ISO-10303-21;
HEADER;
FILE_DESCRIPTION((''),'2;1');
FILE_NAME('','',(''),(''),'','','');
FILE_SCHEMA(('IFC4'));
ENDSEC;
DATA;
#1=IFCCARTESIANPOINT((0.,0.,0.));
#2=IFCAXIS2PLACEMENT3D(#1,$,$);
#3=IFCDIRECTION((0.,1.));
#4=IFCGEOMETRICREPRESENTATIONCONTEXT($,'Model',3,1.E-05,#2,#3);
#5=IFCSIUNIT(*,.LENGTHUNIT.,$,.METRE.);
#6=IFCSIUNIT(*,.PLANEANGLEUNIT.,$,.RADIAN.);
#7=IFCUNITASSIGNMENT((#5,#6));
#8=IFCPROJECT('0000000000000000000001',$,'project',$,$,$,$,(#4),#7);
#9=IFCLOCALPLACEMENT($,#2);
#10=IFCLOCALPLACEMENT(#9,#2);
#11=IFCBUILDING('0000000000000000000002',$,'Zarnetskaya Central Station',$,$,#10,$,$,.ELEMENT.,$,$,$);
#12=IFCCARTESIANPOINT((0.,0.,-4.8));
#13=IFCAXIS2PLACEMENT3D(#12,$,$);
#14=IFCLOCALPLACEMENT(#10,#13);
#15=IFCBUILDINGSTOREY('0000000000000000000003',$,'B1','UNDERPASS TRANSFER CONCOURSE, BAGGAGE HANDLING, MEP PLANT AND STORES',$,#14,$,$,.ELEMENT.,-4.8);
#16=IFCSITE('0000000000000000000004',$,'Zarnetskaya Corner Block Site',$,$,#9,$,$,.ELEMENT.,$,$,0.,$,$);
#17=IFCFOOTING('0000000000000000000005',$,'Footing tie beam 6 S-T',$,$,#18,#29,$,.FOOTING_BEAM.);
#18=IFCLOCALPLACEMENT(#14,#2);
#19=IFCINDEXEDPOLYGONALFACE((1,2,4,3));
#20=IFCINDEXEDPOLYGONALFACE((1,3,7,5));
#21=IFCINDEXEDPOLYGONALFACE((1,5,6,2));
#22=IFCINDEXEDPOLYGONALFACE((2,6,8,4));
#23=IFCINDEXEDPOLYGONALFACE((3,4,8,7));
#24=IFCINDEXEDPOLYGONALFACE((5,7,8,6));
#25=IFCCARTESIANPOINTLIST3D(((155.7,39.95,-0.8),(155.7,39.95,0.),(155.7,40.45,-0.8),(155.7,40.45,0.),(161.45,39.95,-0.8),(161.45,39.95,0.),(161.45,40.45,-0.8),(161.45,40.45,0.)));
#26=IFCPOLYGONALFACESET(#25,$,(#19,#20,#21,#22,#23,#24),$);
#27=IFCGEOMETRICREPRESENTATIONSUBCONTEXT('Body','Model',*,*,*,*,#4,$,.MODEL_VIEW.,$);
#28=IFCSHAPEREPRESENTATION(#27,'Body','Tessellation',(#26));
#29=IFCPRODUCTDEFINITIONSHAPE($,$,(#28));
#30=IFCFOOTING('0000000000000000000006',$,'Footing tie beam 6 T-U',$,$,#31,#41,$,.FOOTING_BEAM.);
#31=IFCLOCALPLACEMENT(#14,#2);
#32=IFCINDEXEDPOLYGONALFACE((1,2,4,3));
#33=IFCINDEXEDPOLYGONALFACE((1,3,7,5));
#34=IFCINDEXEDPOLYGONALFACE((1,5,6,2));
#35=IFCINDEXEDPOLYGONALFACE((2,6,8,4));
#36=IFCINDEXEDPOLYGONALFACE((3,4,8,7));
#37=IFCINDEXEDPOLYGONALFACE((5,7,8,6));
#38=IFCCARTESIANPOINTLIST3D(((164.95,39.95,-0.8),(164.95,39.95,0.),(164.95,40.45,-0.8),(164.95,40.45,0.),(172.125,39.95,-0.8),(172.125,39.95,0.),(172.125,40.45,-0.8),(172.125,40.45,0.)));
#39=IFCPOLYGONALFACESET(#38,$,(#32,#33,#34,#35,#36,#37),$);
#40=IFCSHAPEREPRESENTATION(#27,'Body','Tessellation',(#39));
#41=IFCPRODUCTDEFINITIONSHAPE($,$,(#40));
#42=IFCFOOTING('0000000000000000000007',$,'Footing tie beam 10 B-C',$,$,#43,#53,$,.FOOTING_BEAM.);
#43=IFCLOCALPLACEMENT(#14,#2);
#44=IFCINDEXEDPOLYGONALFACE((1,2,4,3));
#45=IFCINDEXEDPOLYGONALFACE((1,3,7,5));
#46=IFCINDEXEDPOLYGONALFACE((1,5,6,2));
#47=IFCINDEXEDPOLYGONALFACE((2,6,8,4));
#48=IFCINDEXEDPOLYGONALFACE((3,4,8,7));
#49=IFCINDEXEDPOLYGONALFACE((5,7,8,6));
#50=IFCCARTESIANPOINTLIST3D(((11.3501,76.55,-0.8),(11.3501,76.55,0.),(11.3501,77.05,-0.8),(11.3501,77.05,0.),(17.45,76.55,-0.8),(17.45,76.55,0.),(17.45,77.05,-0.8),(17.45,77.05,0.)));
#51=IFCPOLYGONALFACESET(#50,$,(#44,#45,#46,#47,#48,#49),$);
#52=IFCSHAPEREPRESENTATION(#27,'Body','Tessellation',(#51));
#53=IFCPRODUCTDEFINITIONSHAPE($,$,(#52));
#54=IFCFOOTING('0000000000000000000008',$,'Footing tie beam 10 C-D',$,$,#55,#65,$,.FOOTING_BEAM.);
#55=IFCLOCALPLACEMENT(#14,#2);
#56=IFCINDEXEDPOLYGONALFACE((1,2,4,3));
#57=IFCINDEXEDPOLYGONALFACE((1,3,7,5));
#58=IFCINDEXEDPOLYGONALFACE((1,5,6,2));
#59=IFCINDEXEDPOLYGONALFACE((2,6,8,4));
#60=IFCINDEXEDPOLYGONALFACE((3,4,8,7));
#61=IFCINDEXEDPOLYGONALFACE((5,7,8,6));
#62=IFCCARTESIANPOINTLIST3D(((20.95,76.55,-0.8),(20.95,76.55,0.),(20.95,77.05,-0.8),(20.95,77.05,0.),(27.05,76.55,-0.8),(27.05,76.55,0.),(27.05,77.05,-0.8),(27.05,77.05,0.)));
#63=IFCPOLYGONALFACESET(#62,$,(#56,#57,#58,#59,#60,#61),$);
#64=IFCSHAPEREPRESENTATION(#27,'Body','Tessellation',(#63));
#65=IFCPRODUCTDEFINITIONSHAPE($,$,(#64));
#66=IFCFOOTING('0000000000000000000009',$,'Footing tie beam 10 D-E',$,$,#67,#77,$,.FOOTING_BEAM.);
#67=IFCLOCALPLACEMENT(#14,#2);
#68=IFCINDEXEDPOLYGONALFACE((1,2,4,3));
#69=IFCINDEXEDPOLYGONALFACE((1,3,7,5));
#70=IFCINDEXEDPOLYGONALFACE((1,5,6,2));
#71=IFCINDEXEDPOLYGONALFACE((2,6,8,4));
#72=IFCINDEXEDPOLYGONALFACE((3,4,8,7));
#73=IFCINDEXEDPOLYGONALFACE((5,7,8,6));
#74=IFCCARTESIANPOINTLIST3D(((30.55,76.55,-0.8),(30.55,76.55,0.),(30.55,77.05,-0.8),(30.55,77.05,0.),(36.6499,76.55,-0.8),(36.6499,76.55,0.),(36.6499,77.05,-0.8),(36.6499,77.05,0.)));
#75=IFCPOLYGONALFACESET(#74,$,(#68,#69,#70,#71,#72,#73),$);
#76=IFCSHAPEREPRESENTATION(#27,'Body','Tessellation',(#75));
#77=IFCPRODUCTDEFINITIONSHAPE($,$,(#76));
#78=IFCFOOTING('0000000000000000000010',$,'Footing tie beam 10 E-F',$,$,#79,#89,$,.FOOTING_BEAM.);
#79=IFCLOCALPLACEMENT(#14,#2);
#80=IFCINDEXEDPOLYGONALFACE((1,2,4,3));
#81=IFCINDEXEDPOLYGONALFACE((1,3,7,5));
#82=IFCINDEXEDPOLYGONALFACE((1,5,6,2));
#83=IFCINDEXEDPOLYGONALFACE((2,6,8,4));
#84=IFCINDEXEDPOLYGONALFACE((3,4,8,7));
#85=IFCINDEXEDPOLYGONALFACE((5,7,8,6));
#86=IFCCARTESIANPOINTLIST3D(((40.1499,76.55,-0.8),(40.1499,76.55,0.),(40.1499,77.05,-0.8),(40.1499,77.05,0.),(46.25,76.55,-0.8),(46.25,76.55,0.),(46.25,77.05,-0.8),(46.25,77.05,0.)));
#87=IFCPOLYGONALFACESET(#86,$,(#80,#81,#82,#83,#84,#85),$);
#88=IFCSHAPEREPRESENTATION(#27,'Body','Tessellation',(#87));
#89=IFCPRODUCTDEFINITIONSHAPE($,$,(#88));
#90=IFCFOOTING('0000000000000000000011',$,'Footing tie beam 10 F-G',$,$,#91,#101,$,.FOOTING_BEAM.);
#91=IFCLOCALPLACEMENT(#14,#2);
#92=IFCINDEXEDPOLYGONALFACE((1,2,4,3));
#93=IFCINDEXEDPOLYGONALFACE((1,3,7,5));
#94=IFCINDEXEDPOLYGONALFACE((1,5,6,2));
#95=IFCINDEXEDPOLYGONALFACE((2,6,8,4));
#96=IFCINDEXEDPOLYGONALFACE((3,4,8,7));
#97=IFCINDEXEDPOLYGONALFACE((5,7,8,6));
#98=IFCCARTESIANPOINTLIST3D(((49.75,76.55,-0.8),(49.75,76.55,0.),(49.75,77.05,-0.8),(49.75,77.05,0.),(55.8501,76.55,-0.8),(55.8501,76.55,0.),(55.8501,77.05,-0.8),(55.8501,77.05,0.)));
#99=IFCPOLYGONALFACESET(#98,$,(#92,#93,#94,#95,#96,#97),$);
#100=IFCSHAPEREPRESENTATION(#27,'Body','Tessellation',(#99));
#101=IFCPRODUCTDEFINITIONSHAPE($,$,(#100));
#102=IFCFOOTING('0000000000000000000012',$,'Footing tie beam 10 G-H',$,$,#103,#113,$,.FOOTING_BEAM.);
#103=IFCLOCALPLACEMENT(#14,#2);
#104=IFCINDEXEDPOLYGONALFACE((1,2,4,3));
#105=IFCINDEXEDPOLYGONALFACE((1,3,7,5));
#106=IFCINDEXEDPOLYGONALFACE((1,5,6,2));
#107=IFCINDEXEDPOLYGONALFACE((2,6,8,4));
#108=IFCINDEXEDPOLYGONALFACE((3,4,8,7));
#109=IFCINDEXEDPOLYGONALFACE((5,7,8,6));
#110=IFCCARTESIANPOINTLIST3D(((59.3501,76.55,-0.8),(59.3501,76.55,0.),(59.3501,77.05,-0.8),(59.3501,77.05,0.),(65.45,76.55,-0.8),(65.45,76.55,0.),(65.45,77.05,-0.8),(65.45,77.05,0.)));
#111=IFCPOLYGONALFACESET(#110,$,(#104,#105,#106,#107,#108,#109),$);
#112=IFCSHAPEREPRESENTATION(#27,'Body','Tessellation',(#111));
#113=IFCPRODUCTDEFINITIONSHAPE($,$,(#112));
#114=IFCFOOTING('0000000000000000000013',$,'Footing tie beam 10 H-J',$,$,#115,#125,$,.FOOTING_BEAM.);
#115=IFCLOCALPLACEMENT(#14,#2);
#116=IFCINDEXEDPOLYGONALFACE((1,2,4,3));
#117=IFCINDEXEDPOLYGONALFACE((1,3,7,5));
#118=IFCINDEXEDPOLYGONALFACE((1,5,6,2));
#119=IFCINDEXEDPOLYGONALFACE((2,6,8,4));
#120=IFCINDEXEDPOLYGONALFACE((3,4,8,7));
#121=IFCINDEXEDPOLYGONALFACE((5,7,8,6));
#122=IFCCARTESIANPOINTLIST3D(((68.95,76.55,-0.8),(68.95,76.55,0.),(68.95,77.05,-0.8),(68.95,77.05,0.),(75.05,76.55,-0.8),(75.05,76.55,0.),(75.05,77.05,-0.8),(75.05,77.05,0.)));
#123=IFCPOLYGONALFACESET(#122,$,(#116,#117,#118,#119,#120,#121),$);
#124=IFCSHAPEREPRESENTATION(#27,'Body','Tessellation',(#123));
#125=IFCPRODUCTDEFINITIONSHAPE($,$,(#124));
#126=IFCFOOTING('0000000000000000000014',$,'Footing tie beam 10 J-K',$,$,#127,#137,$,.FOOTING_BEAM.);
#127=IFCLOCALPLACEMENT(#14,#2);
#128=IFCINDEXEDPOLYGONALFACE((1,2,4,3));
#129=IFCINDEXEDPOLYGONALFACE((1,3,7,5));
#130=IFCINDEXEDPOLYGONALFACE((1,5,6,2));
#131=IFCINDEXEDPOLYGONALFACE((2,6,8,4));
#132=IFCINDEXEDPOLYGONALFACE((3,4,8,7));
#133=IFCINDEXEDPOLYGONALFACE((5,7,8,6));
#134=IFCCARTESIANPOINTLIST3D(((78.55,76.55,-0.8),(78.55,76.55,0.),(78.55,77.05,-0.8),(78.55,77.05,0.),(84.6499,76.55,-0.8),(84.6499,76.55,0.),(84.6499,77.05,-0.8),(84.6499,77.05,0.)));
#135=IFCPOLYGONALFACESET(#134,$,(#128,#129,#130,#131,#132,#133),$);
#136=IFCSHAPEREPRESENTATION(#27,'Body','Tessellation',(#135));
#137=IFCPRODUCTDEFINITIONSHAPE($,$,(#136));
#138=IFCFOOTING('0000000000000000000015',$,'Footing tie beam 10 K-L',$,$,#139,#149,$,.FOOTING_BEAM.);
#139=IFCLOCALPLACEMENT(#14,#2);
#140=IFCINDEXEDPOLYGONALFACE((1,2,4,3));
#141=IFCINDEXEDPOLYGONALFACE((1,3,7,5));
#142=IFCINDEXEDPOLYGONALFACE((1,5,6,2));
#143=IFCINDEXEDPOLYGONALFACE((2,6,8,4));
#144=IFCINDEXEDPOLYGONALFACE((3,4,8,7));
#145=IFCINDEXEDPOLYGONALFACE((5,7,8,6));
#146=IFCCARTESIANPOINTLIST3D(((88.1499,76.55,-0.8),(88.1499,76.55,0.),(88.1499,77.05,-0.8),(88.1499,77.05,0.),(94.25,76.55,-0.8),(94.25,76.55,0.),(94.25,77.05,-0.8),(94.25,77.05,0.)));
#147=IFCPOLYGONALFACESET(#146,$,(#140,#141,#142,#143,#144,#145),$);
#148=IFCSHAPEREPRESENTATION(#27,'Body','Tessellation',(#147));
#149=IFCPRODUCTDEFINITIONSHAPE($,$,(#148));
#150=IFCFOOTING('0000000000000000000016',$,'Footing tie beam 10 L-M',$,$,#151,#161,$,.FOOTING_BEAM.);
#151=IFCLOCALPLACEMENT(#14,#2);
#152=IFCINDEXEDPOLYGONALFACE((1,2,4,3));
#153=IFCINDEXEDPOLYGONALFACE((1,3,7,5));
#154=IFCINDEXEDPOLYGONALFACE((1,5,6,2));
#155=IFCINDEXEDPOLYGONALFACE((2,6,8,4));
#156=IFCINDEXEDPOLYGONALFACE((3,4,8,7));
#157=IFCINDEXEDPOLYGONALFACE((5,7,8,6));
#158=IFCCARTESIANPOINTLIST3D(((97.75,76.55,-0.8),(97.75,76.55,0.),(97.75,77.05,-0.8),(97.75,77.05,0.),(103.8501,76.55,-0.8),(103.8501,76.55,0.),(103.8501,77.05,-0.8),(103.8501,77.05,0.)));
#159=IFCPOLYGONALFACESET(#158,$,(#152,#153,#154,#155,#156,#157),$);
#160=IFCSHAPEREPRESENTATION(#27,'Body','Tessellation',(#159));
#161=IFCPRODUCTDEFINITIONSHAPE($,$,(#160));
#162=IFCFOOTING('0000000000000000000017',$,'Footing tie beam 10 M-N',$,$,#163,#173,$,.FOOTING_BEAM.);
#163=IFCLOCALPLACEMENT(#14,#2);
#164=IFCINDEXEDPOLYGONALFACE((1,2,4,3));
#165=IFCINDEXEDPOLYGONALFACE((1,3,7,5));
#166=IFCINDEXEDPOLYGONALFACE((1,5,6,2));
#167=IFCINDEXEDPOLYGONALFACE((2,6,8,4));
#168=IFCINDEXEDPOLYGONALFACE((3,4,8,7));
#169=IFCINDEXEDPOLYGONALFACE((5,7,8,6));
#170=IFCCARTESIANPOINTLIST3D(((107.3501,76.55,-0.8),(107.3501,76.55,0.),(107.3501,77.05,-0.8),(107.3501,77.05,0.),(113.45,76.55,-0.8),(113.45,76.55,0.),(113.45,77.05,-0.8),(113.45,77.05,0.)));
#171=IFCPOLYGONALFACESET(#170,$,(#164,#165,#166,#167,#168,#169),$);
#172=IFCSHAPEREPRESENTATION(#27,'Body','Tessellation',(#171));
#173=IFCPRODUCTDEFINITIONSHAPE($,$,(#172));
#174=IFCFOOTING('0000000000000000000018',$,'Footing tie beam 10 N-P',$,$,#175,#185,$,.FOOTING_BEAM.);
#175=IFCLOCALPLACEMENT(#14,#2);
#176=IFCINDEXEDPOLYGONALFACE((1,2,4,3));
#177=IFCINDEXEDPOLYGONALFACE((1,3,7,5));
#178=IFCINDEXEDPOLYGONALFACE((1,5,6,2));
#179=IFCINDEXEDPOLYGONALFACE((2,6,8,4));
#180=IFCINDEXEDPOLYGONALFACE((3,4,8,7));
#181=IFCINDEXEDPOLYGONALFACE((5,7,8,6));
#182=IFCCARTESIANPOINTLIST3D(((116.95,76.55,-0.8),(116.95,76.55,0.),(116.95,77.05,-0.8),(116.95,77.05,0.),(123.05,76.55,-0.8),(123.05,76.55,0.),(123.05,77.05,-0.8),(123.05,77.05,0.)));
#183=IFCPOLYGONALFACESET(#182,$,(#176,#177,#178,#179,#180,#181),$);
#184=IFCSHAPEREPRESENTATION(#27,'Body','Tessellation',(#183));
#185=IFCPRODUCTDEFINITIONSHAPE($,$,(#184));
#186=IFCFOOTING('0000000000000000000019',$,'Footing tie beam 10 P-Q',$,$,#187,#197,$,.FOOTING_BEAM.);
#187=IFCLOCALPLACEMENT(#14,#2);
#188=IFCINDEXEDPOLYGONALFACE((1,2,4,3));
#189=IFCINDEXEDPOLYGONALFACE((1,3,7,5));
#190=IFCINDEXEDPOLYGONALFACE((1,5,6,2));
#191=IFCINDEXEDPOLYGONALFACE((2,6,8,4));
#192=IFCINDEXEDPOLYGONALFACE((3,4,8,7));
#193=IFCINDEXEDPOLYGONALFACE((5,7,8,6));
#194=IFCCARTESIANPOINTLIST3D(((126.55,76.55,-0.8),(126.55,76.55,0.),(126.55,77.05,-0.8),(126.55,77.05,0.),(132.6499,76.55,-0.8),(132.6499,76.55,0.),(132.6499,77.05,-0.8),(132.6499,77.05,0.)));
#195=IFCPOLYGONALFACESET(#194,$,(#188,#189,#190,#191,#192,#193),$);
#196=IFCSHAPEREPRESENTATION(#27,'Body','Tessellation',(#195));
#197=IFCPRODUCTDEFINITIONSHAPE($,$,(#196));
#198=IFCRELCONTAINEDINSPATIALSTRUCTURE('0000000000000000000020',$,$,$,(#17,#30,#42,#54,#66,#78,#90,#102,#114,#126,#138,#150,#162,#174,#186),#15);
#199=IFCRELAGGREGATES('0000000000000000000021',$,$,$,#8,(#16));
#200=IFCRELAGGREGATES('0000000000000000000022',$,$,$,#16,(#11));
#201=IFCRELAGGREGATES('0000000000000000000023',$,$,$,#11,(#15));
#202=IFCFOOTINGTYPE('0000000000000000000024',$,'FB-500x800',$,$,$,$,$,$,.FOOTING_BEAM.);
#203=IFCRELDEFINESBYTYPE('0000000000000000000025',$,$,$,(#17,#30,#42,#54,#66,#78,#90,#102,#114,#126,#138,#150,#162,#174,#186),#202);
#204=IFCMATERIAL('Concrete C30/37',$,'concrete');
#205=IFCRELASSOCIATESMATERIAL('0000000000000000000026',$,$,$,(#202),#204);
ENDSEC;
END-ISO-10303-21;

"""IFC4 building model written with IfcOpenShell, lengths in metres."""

from ifc_helpers import new_model, si_unit, direction, frame, origin, place, context, subcontext, project, spatial, polyline, outline, extrude, material, type_object, element, save


model = new_model("IFC4")

# Units and contexts
model_context = context("Model", 3, precision=1e-05, world=origin(), true_north=direction((0.0, 1.0)))
body_context = subcontext(model_context, "Body", "Model", "MODEL_VIEW")
ifc_project = project(units=[si_unit("LENGTHUNIT", "METRE"), si_unit("PLANEANGLEUNIT", "RADIAN")], contexts=[model_context])

# Site, building, storey
site_placement = place(None, origin())
site = spatial("IfcSite", under=ifc_project, at=site_placement, Name="Zarnetskaya Corner Block Site", CompositionType="ELEMENT", RefElevation=0.0)
building_placement = place(site_placement, origin())
building = spatial("IfcBuilding", under=site, at=building_placement, Name="Zarnetskaya Central Station", CompositionType="ELEMENT")
storey_placement = place(building_placement, frame((0.0, 0.0, -4.8)))
storey = spatial("IfcBuildingStorey", under=building, at=storey_placement, Name="B1", Description="UNDERPASS TRANSFER CONCOURSE, BAGGAGE HANDLING, MEP PLANT AND STORES", CompositionType="ELEMENT", Elevation=-4.8)

# Footings
ifc_material = material(Name="Concrete C30/37", Category="concrete")
footing_type = type_object("IfcFootingType", Name="FB-500x800", PredefinedType="FOOTING_BEAM", material=ifc_material)
footing_1_placement = place(storey_placement, frame((0.0, 0.0, -0.8)))
element("IfcFooting", 1, at=footing_1_placement, inside=storey, type_object=footing_type, Name="Footing tie beam 6 S-T", PredefinedType="FOOTING_BEAM", context=body_context, shape_type="SweptSolid", body=[
    extrude(outline(polyline([(155.7, 39.95), (161.45, 39.95), (161.45, 40.45), (155.7, 40.45), (155.7, 39.95)])), origin(), (0.0, 0.0, 1.0), 0.8),
])
footing_2_placement = place(storey_placement, frame((0.0, 0.0, -0.8)))
element("IfcFooting", 2, at=footing_2_placement, inside=storey, type_object=footing_type, Name="Footing tie beam 6 T-U", PredefinedType="FOOTING_BEAM", context=body_context, shape_type="SweptSolid", body=[
    extrude(outline(polyline([(164.95, 39.95), (172.125, 39.95), (172.125, 40.45), (164.95, 40.45), (164.95, 39.95)])), origin(), (0.0, 0.0, 1.0), 0.8),
])
footing_3_placement = place(storey_placement, frame((0.0, 0.0, -0.8)))
element("IfcFooting", 3, at=footing_3_placement, inside=storey, type_object=footing_type, Name="Footing tie beam 10 B-C", PredefinedType="FOOTING_BEAM", context=body_context, shape_type="SweptSolid", body=[
    extrude(outline(polyline([(11.3501, 76.55), (17.45, 76.55), (17.45, 77.05), (11.3501, 77.05), (11.3501, 76.55)])), origin(), (0.0, 0.0, 1.0), 0.8),
])
footing_4_placement = place(storey_placement, frame((0.0, 0.0, -0.8)))
element("IfcFooting", 4, at=footing_4_placement, inside=storey, type_object=footing_type, Name="Footing tie beam 10 C-D", PredefinedType="FOOTING_BEAM", context=body_context, shape_type="SweptSolid", body=[
    extrude(outline(polyline([(20.95, 76.55), (27.05, 76.55), (27.05, 77.05), (20.95, 77.05), (20.95, 76.55)])), origin(), (0.0, 0.0, 1.0), 0.8),
])
footing_5_placement = place(storey_placement, frame((0.0, 0.0, -0.8)))
element("IfcFooting", 5, at=footing_5_placement, inside=storey, type_object=footing_type, Name="Footing tie beam 10 D-E", PredefinedType="FOOTING_BEAM", context=body_context, shape_type="SweptSolid", body=[
    extrude(outline(polyline([(30.55, 76.55), (36.6499, 76.55), (36.6499, 77.05), (30.55, 77.05), (30.55, 76.55)])), origin(), (0.0, 0.0, 1.0), 0.8),
])
footing_6_placement = place(storey_placement, frame((0.0, 0.0, -0.8)))
element("IfcFooting", 6, at=footing_6_placement, inside=storey, type_object=footing_type, Name="Footing tie beam 10 E-F", PredefinedType="FOOTING_BEAM", context=body_context, shape_type="SweptSolid", body=[
    extrude(outline(polyline([(40.1499, 76.55), (46.25, 76.55), (46.25, 77.05), (40.1499, 77.05), (40.1499, 76.55)])), origin(), (0.0, 0.0, 1.0), 0.8),
])
footing_7_placement = place(storey_placement, frame((0.0, 0.0, -0.8)))
element("IfcFooting", 7, at=footing_7_placement, inside=storey, type_object=footing_type, Name="Footing tie beam 10 F-G", PredefinedType="FOOTING_BEAM", context=body_context, shape_type="SweptSolid", body=[
    extrude(outline(polyline([(49.75, 76.55), (55.8501, 76.55), (55.8501, 77.05), (49.75, 77.05), (49.75, 76.55)])), origin(), (0.0, 0.0, 1.0), 0.8),
])
footing_8_placement = place(storey_placement, frame((0.0, 0.0, -0.8)))
element("IfcFooting", 8, at=footing_8_placement, inside=storey, type_object=footing_type, Name="Footing tie beam 10 G-H", PredefinedType="FOOTING_BEAM", context=body_context, shape_type="SweptSolid", body=[
    extrude(outline(polyline([(59.3501, 76.55), (65.45, 76.55), (65.45, 77.05), (59.3501, 77.05), (59.3501, 76.55)])), origin(), (0.0, 0.0, 1.0), 0.8),
])
footing_9_placement = place(storey_placement, frame((0.0, 0.0, -0.8)))
element("IfcFooting", 9, at=footing_9_placement, inside=storey, type_object=footing_type, Name="Footing tie beam 10 H-J", PredefinedType="FOOTING_BEAM", context=body_context, shape_type="SweptSolid", body=[
    extrude(outline(polyline([(68.95, 76.55), (75.05, 76.55), (75.05, 77.05), (68.95, 77.05), (68.95, 76.55)])), origin(), (0.0, 0.0, 1.0), 0.8),
])
footing_10_placement = place(storey_placement, frame((0.0, 0.0, -0.8)))
element("IfcFooting", 10, at=footing_10_placement, inside=storey, type_object=footing_type, Name="Footing tie beam 10 J-K", PredefinedType="FOOTING_BEAM", context=body_context, shape_type="SweptSolid", body=[
    extrude(outline(polyline([(78.55, 76.55), (84.6499, 76.55), (84.6499, 77.05), (78.55, 77.05), (78.55, 76.55)])), origin(), (0.0, 0.0, 1.0), 0.8),
])
footing_11_placement = place(storey_placement, frame((0.0, 0.0, -0.8)))
element("IfcFooting", 11, at=footing_11_placement, inside=storey, type_object=footing_type, Name="Footing tie beam 10 K-L", PredefinedType="FOOTING_BEAM", context=body_context, shape_type="SweptSolid", body=[
    extrude(outline(polyline([(88.1499, 76.55), (94.25, 76.55), (94.25, 77.05), (88.1499, 77.05), (88.1499, 76.55)])), origin(), (0.0, 0.0, 1.0), 0.8),
])
footing_12_placement = place(storey_placement, frame((0.0, 0.0, -0.8)))
element("IfcFooting", 12, at=footing_12_placement, inside=storey, type_object=footing_type, Name="Footing tie beam 10 L-M", PredefinedType="FOOTING_BEAM", context=body_context, shape_type="SweptSolid", body=[
    extrude(outline(polyline([(97.75, 76.55), (103.8501, 76.55), (103.8501, 77.05), (97.75, 77.05), (97.75, 76.55)])), origin(), (0.0, 0.0, 1.0), 0.8),
])
footing_13_placement = place(storey_placement, frame((0.0, 0.0, -0.8)))
element("IfcFooting", 13, at=footing_13_placement, inside=storey, type_object=footing_type, Name="Footing tie beam 10 M-N", PredefinedType="FOOTING_BEAM", context=body_context, shape_type="SweptSolid", body=[
    extrude(outline(polyline([(107.3501, 76.55), (113.45, 76.55), (113.45, 77.05), (107.3501, 77.05), (107.3501, 76.55)])), origin(), (0.0, 0.0, 1.0), 0.8),
])
footing_14_placement = place(storey_placement, frame((0.0, 0.0, -0.8)))
element("IfcFooting", 14, at=footing_14_placement, inside=storey, type_object=footing_type, Name="Footing tie beam 10 N-P", PredefinedType="FOOTING_BEAM", context=body_context, shape_type="SweptSolid", body=[
    extrude(outline(polyline([(116.95, 76.55), (123.05, 76.55), (123.05, 77.05), (116.95, 77.05), (116.95, 76.55)])), origin(), (0.0, 0.0, 1.0), 0.8),
])
footing_15_placement = place(storey_placement, frame((0.0, 0.0, -0.8)))
element("IfcFooting", 15, at=footing_15_placement, inside=storey, type_object=footing_type, Name="Footing tie beam 10 P-Q", PredefinedType="FOOTING_BEAM", context=body_context, shape_type="SweptSolid", body=[
    extrude(outline(polyline([(126.55, 76.55), (132.6499, 76.55), (132.6499, 77.05), (126.55, 77.05), (126.55, 76.55)])), origin(), (0.0, 0.0, 1.0), 0.8),
])

save(model, "model.ifc")
